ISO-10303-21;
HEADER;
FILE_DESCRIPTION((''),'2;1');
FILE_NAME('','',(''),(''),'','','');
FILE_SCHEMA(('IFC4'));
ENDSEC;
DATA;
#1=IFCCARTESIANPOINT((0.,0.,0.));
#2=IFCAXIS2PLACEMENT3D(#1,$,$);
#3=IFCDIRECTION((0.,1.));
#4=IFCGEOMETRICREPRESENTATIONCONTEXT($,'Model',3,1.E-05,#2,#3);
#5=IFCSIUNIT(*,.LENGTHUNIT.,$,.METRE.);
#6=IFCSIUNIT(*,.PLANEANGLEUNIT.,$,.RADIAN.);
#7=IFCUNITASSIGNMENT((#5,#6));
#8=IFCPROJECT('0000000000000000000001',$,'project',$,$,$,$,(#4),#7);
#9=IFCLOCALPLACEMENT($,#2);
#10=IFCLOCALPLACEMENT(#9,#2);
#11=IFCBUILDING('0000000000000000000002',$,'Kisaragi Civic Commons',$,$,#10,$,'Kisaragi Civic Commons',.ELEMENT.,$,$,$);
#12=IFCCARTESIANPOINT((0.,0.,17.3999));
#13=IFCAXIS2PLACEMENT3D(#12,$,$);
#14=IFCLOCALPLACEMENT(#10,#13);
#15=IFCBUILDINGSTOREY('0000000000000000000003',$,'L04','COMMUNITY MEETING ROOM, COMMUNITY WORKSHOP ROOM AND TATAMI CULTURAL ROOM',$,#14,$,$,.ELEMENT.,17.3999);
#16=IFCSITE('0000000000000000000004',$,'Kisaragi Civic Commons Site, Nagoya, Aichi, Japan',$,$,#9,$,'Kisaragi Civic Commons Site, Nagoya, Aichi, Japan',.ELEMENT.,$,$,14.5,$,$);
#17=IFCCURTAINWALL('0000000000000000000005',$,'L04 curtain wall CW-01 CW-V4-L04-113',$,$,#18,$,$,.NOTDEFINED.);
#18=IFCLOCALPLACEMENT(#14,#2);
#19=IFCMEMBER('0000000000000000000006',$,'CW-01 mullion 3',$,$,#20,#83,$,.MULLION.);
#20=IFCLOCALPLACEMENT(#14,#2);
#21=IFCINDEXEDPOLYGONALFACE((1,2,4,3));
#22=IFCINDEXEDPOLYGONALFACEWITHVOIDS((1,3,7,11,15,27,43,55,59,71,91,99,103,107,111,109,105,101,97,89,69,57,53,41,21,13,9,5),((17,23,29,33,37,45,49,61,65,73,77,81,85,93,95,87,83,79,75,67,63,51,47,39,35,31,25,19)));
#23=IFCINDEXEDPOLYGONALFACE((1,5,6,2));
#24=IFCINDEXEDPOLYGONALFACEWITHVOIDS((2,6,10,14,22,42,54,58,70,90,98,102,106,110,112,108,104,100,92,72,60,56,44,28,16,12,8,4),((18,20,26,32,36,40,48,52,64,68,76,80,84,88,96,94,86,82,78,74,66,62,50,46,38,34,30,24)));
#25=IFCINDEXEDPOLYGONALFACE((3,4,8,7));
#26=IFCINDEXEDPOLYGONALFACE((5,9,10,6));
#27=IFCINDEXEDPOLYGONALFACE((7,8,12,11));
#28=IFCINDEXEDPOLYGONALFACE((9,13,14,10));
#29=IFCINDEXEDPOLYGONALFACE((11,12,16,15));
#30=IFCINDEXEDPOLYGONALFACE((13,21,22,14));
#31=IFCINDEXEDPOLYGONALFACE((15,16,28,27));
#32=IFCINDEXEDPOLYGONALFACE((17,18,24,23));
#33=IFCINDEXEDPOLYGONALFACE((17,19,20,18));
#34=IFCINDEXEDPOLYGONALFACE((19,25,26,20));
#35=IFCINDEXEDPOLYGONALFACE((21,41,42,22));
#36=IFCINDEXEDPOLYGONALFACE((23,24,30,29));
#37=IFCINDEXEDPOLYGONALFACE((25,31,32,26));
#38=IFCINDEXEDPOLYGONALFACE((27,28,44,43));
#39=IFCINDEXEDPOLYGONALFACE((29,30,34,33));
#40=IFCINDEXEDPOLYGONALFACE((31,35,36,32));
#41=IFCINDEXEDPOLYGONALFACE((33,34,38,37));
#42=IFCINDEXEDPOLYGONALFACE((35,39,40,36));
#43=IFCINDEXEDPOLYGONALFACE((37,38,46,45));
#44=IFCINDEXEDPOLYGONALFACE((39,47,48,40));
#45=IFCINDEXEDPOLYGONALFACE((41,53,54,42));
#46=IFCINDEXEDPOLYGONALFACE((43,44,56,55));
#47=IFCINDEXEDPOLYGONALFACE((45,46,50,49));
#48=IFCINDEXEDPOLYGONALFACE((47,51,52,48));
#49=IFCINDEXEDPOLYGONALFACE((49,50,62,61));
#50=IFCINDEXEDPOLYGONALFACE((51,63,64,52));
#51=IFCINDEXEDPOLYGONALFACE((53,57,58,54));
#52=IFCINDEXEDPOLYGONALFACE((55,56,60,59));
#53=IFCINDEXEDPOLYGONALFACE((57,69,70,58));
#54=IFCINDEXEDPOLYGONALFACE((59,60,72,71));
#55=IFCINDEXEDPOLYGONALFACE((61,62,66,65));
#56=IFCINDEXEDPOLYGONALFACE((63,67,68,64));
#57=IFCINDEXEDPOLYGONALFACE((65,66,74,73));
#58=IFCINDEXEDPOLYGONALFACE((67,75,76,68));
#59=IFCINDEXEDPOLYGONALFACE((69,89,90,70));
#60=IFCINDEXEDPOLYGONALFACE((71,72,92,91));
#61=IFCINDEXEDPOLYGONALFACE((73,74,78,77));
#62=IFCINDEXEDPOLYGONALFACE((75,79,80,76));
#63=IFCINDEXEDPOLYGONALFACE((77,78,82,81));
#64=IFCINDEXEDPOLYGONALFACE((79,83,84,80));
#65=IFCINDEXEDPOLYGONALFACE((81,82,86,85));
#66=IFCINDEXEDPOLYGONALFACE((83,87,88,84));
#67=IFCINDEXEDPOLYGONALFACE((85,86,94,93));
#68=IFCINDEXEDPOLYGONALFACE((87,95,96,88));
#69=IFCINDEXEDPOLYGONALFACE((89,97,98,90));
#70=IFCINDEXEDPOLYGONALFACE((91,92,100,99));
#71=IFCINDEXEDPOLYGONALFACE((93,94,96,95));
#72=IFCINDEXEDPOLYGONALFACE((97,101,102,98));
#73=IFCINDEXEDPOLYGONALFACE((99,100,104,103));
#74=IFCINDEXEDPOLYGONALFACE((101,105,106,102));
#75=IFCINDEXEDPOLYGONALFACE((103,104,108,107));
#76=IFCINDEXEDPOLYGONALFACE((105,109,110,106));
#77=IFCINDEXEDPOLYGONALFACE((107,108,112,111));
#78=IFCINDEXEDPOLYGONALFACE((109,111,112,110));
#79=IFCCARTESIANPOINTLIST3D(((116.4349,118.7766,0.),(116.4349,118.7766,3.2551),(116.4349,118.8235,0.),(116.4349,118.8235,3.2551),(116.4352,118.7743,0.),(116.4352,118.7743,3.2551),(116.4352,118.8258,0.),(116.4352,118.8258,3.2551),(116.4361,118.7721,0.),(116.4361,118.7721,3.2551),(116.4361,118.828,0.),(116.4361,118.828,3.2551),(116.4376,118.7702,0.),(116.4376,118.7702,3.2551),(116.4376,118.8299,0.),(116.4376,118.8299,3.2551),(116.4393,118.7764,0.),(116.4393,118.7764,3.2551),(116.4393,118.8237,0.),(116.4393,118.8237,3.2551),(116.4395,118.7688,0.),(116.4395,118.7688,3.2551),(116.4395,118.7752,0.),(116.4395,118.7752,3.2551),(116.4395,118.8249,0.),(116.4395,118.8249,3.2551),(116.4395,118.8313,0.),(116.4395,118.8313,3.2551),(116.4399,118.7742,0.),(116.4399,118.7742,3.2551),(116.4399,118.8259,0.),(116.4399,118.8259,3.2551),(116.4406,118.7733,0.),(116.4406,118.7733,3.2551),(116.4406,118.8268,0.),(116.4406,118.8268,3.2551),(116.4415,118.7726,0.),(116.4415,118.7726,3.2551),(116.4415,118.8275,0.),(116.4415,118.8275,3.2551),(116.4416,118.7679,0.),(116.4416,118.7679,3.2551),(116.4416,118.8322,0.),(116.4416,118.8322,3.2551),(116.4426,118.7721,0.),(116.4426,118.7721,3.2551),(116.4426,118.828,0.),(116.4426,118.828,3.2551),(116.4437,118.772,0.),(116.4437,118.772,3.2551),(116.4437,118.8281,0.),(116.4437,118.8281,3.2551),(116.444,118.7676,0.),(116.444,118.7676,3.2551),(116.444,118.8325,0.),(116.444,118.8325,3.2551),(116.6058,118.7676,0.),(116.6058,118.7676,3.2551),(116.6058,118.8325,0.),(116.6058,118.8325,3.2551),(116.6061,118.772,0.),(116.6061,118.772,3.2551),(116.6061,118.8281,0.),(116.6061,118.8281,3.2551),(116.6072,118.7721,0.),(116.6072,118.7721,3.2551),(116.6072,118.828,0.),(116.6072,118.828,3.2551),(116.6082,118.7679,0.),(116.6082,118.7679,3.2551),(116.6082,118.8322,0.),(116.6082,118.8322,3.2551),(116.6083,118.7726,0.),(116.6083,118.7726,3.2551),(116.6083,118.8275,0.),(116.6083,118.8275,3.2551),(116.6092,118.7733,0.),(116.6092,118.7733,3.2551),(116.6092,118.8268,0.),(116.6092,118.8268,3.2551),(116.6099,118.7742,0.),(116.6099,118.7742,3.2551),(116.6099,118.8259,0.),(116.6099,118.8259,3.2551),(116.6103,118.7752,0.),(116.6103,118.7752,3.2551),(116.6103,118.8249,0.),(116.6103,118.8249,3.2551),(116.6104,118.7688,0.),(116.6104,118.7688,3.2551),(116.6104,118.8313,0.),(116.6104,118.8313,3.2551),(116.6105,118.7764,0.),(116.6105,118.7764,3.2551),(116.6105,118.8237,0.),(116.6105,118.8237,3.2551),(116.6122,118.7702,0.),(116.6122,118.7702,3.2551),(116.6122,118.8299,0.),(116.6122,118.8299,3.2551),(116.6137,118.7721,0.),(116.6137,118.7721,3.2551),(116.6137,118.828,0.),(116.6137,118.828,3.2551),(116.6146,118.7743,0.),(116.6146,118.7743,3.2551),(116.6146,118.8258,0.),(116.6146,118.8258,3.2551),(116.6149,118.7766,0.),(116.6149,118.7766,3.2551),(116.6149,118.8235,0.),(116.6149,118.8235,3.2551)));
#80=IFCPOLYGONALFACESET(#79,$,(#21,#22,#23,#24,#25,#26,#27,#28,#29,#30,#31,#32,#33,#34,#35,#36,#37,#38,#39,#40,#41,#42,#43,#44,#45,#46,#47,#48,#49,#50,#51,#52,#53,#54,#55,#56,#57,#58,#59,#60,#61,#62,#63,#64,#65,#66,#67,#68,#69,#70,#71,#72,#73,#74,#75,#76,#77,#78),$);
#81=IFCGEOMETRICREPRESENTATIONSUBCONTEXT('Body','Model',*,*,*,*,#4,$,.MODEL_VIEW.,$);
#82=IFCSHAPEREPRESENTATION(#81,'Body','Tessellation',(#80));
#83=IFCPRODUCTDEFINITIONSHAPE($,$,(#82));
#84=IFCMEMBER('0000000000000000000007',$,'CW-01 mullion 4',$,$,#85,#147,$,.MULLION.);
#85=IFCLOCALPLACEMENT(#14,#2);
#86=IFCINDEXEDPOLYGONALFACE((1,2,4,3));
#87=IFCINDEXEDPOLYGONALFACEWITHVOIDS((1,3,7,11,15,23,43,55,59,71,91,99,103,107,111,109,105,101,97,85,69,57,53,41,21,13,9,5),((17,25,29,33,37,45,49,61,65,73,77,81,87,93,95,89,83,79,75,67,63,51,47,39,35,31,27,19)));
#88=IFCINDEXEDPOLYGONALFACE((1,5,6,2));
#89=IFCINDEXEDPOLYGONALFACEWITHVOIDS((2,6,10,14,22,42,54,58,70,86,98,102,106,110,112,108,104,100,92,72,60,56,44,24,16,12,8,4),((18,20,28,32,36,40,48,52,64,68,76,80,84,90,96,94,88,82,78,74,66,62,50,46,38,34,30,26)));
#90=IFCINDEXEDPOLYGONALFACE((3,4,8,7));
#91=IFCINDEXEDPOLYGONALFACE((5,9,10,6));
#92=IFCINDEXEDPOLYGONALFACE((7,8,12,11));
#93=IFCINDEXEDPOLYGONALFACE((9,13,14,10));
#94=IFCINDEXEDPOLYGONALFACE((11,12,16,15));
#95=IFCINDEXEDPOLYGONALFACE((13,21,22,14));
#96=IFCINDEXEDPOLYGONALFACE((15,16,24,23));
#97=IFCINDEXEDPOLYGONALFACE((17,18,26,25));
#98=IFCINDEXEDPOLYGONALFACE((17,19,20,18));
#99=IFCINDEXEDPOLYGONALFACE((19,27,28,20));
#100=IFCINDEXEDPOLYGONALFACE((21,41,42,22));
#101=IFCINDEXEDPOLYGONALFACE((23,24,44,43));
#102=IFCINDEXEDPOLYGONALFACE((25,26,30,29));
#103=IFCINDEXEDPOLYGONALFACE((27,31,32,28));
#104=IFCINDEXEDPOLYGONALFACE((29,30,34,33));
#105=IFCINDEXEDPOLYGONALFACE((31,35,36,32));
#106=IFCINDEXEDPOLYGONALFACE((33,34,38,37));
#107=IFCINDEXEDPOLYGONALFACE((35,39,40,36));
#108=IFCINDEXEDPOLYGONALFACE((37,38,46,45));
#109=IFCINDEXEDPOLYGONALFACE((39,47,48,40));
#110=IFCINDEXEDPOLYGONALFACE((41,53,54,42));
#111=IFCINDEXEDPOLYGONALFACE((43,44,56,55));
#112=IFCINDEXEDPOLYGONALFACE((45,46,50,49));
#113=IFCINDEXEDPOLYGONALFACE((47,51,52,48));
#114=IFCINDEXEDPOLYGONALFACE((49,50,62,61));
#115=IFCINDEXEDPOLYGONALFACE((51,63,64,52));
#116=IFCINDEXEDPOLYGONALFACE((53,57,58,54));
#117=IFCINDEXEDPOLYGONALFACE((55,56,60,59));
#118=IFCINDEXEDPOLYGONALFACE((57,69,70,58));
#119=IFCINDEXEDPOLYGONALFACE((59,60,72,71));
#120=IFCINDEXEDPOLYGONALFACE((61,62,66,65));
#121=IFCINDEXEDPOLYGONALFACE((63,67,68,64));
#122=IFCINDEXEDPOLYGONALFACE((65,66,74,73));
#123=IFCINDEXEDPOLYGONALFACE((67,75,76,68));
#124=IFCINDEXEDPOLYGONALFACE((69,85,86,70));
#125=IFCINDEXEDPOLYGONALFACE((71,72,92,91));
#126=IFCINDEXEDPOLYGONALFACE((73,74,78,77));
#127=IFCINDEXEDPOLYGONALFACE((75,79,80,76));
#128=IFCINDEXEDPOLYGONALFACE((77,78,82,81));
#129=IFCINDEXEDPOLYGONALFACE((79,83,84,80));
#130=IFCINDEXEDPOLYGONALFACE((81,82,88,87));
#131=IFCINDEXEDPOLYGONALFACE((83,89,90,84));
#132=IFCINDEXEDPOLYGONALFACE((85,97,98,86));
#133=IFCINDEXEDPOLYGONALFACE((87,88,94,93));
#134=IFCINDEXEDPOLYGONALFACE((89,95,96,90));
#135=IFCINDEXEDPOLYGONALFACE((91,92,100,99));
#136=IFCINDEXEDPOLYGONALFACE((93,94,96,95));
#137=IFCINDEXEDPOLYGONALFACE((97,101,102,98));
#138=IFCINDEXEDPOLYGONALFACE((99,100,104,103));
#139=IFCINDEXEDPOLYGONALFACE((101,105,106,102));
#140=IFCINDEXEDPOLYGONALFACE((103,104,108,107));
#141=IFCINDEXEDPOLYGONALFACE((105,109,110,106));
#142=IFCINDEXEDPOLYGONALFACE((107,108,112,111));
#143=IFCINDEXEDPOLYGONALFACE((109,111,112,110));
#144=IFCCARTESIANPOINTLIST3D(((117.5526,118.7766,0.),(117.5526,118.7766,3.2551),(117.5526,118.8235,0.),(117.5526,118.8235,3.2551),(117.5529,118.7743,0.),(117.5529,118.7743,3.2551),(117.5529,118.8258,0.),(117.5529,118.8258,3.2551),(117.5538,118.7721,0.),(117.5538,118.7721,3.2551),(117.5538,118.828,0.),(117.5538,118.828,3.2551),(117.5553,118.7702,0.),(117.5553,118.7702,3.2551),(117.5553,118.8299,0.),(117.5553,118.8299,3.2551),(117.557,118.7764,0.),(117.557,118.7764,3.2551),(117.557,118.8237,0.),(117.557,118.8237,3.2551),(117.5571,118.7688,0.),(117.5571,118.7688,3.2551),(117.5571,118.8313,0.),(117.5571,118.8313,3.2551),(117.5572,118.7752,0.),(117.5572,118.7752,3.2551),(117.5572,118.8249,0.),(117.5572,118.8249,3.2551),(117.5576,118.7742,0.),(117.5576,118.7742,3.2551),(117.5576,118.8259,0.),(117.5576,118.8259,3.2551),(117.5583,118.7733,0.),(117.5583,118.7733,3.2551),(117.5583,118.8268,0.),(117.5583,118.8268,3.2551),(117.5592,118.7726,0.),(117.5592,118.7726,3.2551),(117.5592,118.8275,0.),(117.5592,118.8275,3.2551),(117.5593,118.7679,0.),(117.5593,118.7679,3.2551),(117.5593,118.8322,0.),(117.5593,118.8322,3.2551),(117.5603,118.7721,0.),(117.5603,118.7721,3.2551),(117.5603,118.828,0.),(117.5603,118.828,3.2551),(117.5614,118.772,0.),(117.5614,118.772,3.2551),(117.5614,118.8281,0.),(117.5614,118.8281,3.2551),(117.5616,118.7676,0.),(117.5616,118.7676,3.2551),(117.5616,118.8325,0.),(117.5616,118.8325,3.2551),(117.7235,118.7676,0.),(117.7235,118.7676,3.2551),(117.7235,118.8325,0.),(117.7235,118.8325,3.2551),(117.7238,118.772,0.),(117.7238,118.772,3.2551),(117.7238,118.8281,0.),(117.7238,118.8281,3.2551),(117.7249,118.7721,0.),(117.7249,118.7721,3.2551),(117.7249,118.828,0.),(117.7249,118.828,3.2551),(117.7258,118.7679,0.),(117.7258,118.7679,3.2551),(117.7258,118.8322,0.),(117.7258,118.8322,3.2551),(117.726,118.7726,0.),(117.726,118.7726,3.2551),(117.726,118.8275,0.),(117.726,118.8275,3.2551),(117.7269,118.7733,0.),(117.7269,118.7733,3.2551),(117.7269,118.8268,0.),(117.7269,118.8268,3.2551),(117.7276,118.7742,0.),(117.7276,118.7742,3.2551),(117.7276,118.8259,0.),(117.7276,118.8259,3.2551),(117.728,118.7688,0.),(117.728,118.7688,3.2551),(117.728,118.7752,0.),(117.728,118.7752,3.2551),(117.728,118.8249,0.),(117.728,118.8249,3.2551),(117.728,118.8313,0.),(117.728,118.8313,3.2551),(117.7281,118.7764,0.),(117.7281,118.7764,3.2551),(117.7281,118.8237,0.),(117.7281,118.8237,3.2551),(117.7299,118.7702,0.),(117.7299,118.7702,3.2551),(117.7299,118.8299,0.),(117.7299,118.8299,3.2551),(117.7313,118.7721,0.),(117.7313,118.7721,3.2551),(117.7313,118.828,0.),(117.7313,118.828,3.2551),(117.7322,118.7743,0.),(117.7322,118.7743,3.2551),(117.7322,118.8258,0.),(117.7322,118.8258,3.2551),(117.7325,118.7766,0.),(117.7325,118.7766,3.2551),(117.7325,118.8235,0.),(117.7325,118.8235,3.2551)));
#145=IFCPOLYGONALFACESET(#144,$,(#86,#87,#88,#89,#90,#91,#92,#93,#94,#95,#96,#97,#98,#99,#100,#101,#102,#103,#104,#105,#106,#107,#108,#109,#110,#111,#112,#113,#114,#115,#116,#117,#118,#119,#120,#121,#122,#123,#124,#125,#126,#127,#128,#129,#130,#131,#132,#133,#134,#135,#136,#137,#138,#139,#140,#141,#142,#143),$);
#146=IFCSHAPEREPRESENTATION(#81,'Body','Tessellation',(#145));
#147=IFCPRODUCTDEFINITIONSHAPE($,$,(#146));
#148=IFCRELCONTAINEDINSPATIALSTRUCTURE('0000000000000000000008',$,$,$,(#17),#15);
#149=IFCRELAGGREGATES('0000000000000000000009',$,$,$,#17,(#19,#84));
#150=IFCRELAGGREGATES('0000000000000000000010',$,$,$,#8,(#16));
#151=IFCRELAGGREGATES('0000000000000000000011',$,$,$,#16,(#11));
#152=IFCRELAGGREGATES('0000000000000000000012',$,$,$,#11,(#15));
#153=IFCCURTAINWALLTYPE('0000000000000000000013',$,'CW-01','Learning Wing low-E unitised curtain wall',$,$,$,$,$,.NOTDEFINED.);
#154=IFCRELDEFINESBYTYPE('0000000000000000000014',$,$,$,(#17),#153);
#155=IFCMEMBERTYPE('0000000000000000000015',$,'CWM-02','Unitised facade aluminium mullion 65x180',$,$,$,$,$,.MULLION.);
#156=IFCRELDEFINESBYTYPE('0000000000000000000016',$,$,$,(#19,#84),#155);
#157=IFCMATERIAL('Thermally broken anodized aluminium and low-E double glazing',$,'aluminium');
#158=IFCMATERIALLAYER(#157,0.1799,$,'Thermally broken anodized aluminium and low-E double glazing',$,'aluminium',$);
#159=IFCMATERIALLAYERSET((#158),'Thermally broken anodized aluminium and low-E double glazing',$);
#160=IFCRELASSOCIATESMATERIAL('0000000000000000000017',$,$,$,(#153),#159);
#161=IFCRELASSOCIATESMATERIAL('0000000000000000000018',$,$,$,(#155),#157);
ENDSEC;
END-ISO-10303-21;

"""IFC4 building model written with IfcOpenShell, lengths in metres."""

from ifc_helpers import new_model, si_unit, direction, frame, origin, origin_2d, place, context, subcontext, project, spatial, hollow_rectangle, extrude, material, layer, layer_set, material_profile, profile_set, type_object, element, aggregate, save


model = new_model("IFC4")

# Units and contexts
model_context = context("Model", 3, precision=1e-05, world=origin(), true_north=direction((0.0, 1.0)))
body_context = subcontext(model_context, "Body", "Model", "MODEL_VIEW")
ifc_project = project(units=[si_unit("LENGTHUNIT", "METRE"), si_unit("PLANEANGLEUNIT", "RADIAN")], contexts=[model_context])

# Site, building, storey
site_placement = place(None, origin())
site = spatial("IfcSite", under=ifc_project, at=site_placement, Name="Kisaragi Civic Commons Site, Nagoya, Aichi, Japan", LongName="Kisaragi Civic Commons Site, Nagoya, Aichi, Japan", CompositionType="ELEMENT", RefElevation=14.5)
building_placement = place(site_placement, origin())
building = spatial("IfcBuilding", under=site, at=building_placement, Name="Kisaragi Civic Commons", LongName="Kisaragi Civic Commons", CompositionType="ELEMENT")
storey_placement = place(building_placement, frame((0.0, 0.0, 17.3999)))
storey = spatial("IfcBuildingStorey", under=building, at=storey_placement, Name="L04", Description="COMMUNITY MEETING ROOM, COMMUNITY WORKSHOP ROOM AND TATAMI CULTURAL ROOM", CompositionType="ELEMENT", Elevation=17.3999)

# Curtain wall, members
ifc_material = material(Name="Thermally broken anodized aluminium and low-E double glazing", Category="aluminium")
ifc_layer_1 = layer(ifc_material, 0.1799, Name="Thermally broken anodized aluminium and low-E double glazing", Category="aluminium")
ifc_layer_set_1 = layer_set([ifc_layer_1], Name="Thermally broken anodized aluminium and low-E double glazing")
curtain_wall_type = type_object("IfcCurtainWallType", Name="CW-01", Description="Learning Wing low-E unitised curtain wall", PredefinedType="NOTDEFINED", material=ifc_layer_set_1)
curtain_wall_placement = place(storey_placement, origin())
curtain_wall = element("IfcCurtainWall", 1, at=curtain_wall_placement, inside=storey, type_object=curtain_wall_type, Name="L04 curtain wall CW-01 CW-V4-L04-113", PredefinedType="NOTDEFINED")
ifc_material_profile_1 = material_profile(ifc_material, hollow_rectangle(XDim=0.0649, YDim=0.1799, WallThickness=0.0044, InnerFilletRadius=0.0044, OuterFilletRadius=0.009, at=origin_2d()), Name="CWM-65x180x4.5", Category="aluminium")
ifc_profile_set_1 = profile_set([ifc_material_profile_1], Name="Thermally broken anodized aluminium and low-E double glazing")
member_type_1 = type_object("IfcMemberType", Name="CWM-02", Description="Unitised facade aluminium mullion 65x180", PredefinedType="MULLION", material=ifc_profile_set_1)
member_1_placement = place(storey_placement, frame((116.5249, 118.8, 0.0), z_axis=(0.0, 0.0, 1.0), x_axis=(0.0, 1.0, 0.0)))
member_1 = element("IfcMember", 2, at=member_1_placement, type_object=member_type_1, Name="CW-01 mullion 3", PredefinedType="MULLION", context=body_context, shape_type="SweptSolid", body=[
    extrude(hollow_rectangle(XDim=0.0649, YDim=0.1799, WallThickness=0.0044, InnerFilletRadius=0.0044, OuterFilletRadius=0.009, at=origin_2d()), origin(), (0.0, 0.0, 1.0), 3.2551),
])
member_2_placement = place(storey_placement, frame((117.6426, 118.8, 0.0), z_axis=(0.0, 0.0, 1.0), x_axis=(0.0, 1.0, 0.0)))
member_2 = element("IfcMember", 3, at=member_2_placement, type_object=member_type_1, Name="CW-01 mullion 4", PredefinedType="MULLION", context=body_context, shape_type="SweptSolid", body=[
    extrude(hollow_rectangle(XDim=0.0649, YDim=0.1799, WallThickness=0.0044, InnerFilletRadius=0.0044, OuterFilletRadius=0.009, at=origin_2d()), origin(), (0.0, 0.0, 1.0), 3.2551),
])
aggregate(curtain_wall, [member_1, member_2])

save(model, "model.ifc")
